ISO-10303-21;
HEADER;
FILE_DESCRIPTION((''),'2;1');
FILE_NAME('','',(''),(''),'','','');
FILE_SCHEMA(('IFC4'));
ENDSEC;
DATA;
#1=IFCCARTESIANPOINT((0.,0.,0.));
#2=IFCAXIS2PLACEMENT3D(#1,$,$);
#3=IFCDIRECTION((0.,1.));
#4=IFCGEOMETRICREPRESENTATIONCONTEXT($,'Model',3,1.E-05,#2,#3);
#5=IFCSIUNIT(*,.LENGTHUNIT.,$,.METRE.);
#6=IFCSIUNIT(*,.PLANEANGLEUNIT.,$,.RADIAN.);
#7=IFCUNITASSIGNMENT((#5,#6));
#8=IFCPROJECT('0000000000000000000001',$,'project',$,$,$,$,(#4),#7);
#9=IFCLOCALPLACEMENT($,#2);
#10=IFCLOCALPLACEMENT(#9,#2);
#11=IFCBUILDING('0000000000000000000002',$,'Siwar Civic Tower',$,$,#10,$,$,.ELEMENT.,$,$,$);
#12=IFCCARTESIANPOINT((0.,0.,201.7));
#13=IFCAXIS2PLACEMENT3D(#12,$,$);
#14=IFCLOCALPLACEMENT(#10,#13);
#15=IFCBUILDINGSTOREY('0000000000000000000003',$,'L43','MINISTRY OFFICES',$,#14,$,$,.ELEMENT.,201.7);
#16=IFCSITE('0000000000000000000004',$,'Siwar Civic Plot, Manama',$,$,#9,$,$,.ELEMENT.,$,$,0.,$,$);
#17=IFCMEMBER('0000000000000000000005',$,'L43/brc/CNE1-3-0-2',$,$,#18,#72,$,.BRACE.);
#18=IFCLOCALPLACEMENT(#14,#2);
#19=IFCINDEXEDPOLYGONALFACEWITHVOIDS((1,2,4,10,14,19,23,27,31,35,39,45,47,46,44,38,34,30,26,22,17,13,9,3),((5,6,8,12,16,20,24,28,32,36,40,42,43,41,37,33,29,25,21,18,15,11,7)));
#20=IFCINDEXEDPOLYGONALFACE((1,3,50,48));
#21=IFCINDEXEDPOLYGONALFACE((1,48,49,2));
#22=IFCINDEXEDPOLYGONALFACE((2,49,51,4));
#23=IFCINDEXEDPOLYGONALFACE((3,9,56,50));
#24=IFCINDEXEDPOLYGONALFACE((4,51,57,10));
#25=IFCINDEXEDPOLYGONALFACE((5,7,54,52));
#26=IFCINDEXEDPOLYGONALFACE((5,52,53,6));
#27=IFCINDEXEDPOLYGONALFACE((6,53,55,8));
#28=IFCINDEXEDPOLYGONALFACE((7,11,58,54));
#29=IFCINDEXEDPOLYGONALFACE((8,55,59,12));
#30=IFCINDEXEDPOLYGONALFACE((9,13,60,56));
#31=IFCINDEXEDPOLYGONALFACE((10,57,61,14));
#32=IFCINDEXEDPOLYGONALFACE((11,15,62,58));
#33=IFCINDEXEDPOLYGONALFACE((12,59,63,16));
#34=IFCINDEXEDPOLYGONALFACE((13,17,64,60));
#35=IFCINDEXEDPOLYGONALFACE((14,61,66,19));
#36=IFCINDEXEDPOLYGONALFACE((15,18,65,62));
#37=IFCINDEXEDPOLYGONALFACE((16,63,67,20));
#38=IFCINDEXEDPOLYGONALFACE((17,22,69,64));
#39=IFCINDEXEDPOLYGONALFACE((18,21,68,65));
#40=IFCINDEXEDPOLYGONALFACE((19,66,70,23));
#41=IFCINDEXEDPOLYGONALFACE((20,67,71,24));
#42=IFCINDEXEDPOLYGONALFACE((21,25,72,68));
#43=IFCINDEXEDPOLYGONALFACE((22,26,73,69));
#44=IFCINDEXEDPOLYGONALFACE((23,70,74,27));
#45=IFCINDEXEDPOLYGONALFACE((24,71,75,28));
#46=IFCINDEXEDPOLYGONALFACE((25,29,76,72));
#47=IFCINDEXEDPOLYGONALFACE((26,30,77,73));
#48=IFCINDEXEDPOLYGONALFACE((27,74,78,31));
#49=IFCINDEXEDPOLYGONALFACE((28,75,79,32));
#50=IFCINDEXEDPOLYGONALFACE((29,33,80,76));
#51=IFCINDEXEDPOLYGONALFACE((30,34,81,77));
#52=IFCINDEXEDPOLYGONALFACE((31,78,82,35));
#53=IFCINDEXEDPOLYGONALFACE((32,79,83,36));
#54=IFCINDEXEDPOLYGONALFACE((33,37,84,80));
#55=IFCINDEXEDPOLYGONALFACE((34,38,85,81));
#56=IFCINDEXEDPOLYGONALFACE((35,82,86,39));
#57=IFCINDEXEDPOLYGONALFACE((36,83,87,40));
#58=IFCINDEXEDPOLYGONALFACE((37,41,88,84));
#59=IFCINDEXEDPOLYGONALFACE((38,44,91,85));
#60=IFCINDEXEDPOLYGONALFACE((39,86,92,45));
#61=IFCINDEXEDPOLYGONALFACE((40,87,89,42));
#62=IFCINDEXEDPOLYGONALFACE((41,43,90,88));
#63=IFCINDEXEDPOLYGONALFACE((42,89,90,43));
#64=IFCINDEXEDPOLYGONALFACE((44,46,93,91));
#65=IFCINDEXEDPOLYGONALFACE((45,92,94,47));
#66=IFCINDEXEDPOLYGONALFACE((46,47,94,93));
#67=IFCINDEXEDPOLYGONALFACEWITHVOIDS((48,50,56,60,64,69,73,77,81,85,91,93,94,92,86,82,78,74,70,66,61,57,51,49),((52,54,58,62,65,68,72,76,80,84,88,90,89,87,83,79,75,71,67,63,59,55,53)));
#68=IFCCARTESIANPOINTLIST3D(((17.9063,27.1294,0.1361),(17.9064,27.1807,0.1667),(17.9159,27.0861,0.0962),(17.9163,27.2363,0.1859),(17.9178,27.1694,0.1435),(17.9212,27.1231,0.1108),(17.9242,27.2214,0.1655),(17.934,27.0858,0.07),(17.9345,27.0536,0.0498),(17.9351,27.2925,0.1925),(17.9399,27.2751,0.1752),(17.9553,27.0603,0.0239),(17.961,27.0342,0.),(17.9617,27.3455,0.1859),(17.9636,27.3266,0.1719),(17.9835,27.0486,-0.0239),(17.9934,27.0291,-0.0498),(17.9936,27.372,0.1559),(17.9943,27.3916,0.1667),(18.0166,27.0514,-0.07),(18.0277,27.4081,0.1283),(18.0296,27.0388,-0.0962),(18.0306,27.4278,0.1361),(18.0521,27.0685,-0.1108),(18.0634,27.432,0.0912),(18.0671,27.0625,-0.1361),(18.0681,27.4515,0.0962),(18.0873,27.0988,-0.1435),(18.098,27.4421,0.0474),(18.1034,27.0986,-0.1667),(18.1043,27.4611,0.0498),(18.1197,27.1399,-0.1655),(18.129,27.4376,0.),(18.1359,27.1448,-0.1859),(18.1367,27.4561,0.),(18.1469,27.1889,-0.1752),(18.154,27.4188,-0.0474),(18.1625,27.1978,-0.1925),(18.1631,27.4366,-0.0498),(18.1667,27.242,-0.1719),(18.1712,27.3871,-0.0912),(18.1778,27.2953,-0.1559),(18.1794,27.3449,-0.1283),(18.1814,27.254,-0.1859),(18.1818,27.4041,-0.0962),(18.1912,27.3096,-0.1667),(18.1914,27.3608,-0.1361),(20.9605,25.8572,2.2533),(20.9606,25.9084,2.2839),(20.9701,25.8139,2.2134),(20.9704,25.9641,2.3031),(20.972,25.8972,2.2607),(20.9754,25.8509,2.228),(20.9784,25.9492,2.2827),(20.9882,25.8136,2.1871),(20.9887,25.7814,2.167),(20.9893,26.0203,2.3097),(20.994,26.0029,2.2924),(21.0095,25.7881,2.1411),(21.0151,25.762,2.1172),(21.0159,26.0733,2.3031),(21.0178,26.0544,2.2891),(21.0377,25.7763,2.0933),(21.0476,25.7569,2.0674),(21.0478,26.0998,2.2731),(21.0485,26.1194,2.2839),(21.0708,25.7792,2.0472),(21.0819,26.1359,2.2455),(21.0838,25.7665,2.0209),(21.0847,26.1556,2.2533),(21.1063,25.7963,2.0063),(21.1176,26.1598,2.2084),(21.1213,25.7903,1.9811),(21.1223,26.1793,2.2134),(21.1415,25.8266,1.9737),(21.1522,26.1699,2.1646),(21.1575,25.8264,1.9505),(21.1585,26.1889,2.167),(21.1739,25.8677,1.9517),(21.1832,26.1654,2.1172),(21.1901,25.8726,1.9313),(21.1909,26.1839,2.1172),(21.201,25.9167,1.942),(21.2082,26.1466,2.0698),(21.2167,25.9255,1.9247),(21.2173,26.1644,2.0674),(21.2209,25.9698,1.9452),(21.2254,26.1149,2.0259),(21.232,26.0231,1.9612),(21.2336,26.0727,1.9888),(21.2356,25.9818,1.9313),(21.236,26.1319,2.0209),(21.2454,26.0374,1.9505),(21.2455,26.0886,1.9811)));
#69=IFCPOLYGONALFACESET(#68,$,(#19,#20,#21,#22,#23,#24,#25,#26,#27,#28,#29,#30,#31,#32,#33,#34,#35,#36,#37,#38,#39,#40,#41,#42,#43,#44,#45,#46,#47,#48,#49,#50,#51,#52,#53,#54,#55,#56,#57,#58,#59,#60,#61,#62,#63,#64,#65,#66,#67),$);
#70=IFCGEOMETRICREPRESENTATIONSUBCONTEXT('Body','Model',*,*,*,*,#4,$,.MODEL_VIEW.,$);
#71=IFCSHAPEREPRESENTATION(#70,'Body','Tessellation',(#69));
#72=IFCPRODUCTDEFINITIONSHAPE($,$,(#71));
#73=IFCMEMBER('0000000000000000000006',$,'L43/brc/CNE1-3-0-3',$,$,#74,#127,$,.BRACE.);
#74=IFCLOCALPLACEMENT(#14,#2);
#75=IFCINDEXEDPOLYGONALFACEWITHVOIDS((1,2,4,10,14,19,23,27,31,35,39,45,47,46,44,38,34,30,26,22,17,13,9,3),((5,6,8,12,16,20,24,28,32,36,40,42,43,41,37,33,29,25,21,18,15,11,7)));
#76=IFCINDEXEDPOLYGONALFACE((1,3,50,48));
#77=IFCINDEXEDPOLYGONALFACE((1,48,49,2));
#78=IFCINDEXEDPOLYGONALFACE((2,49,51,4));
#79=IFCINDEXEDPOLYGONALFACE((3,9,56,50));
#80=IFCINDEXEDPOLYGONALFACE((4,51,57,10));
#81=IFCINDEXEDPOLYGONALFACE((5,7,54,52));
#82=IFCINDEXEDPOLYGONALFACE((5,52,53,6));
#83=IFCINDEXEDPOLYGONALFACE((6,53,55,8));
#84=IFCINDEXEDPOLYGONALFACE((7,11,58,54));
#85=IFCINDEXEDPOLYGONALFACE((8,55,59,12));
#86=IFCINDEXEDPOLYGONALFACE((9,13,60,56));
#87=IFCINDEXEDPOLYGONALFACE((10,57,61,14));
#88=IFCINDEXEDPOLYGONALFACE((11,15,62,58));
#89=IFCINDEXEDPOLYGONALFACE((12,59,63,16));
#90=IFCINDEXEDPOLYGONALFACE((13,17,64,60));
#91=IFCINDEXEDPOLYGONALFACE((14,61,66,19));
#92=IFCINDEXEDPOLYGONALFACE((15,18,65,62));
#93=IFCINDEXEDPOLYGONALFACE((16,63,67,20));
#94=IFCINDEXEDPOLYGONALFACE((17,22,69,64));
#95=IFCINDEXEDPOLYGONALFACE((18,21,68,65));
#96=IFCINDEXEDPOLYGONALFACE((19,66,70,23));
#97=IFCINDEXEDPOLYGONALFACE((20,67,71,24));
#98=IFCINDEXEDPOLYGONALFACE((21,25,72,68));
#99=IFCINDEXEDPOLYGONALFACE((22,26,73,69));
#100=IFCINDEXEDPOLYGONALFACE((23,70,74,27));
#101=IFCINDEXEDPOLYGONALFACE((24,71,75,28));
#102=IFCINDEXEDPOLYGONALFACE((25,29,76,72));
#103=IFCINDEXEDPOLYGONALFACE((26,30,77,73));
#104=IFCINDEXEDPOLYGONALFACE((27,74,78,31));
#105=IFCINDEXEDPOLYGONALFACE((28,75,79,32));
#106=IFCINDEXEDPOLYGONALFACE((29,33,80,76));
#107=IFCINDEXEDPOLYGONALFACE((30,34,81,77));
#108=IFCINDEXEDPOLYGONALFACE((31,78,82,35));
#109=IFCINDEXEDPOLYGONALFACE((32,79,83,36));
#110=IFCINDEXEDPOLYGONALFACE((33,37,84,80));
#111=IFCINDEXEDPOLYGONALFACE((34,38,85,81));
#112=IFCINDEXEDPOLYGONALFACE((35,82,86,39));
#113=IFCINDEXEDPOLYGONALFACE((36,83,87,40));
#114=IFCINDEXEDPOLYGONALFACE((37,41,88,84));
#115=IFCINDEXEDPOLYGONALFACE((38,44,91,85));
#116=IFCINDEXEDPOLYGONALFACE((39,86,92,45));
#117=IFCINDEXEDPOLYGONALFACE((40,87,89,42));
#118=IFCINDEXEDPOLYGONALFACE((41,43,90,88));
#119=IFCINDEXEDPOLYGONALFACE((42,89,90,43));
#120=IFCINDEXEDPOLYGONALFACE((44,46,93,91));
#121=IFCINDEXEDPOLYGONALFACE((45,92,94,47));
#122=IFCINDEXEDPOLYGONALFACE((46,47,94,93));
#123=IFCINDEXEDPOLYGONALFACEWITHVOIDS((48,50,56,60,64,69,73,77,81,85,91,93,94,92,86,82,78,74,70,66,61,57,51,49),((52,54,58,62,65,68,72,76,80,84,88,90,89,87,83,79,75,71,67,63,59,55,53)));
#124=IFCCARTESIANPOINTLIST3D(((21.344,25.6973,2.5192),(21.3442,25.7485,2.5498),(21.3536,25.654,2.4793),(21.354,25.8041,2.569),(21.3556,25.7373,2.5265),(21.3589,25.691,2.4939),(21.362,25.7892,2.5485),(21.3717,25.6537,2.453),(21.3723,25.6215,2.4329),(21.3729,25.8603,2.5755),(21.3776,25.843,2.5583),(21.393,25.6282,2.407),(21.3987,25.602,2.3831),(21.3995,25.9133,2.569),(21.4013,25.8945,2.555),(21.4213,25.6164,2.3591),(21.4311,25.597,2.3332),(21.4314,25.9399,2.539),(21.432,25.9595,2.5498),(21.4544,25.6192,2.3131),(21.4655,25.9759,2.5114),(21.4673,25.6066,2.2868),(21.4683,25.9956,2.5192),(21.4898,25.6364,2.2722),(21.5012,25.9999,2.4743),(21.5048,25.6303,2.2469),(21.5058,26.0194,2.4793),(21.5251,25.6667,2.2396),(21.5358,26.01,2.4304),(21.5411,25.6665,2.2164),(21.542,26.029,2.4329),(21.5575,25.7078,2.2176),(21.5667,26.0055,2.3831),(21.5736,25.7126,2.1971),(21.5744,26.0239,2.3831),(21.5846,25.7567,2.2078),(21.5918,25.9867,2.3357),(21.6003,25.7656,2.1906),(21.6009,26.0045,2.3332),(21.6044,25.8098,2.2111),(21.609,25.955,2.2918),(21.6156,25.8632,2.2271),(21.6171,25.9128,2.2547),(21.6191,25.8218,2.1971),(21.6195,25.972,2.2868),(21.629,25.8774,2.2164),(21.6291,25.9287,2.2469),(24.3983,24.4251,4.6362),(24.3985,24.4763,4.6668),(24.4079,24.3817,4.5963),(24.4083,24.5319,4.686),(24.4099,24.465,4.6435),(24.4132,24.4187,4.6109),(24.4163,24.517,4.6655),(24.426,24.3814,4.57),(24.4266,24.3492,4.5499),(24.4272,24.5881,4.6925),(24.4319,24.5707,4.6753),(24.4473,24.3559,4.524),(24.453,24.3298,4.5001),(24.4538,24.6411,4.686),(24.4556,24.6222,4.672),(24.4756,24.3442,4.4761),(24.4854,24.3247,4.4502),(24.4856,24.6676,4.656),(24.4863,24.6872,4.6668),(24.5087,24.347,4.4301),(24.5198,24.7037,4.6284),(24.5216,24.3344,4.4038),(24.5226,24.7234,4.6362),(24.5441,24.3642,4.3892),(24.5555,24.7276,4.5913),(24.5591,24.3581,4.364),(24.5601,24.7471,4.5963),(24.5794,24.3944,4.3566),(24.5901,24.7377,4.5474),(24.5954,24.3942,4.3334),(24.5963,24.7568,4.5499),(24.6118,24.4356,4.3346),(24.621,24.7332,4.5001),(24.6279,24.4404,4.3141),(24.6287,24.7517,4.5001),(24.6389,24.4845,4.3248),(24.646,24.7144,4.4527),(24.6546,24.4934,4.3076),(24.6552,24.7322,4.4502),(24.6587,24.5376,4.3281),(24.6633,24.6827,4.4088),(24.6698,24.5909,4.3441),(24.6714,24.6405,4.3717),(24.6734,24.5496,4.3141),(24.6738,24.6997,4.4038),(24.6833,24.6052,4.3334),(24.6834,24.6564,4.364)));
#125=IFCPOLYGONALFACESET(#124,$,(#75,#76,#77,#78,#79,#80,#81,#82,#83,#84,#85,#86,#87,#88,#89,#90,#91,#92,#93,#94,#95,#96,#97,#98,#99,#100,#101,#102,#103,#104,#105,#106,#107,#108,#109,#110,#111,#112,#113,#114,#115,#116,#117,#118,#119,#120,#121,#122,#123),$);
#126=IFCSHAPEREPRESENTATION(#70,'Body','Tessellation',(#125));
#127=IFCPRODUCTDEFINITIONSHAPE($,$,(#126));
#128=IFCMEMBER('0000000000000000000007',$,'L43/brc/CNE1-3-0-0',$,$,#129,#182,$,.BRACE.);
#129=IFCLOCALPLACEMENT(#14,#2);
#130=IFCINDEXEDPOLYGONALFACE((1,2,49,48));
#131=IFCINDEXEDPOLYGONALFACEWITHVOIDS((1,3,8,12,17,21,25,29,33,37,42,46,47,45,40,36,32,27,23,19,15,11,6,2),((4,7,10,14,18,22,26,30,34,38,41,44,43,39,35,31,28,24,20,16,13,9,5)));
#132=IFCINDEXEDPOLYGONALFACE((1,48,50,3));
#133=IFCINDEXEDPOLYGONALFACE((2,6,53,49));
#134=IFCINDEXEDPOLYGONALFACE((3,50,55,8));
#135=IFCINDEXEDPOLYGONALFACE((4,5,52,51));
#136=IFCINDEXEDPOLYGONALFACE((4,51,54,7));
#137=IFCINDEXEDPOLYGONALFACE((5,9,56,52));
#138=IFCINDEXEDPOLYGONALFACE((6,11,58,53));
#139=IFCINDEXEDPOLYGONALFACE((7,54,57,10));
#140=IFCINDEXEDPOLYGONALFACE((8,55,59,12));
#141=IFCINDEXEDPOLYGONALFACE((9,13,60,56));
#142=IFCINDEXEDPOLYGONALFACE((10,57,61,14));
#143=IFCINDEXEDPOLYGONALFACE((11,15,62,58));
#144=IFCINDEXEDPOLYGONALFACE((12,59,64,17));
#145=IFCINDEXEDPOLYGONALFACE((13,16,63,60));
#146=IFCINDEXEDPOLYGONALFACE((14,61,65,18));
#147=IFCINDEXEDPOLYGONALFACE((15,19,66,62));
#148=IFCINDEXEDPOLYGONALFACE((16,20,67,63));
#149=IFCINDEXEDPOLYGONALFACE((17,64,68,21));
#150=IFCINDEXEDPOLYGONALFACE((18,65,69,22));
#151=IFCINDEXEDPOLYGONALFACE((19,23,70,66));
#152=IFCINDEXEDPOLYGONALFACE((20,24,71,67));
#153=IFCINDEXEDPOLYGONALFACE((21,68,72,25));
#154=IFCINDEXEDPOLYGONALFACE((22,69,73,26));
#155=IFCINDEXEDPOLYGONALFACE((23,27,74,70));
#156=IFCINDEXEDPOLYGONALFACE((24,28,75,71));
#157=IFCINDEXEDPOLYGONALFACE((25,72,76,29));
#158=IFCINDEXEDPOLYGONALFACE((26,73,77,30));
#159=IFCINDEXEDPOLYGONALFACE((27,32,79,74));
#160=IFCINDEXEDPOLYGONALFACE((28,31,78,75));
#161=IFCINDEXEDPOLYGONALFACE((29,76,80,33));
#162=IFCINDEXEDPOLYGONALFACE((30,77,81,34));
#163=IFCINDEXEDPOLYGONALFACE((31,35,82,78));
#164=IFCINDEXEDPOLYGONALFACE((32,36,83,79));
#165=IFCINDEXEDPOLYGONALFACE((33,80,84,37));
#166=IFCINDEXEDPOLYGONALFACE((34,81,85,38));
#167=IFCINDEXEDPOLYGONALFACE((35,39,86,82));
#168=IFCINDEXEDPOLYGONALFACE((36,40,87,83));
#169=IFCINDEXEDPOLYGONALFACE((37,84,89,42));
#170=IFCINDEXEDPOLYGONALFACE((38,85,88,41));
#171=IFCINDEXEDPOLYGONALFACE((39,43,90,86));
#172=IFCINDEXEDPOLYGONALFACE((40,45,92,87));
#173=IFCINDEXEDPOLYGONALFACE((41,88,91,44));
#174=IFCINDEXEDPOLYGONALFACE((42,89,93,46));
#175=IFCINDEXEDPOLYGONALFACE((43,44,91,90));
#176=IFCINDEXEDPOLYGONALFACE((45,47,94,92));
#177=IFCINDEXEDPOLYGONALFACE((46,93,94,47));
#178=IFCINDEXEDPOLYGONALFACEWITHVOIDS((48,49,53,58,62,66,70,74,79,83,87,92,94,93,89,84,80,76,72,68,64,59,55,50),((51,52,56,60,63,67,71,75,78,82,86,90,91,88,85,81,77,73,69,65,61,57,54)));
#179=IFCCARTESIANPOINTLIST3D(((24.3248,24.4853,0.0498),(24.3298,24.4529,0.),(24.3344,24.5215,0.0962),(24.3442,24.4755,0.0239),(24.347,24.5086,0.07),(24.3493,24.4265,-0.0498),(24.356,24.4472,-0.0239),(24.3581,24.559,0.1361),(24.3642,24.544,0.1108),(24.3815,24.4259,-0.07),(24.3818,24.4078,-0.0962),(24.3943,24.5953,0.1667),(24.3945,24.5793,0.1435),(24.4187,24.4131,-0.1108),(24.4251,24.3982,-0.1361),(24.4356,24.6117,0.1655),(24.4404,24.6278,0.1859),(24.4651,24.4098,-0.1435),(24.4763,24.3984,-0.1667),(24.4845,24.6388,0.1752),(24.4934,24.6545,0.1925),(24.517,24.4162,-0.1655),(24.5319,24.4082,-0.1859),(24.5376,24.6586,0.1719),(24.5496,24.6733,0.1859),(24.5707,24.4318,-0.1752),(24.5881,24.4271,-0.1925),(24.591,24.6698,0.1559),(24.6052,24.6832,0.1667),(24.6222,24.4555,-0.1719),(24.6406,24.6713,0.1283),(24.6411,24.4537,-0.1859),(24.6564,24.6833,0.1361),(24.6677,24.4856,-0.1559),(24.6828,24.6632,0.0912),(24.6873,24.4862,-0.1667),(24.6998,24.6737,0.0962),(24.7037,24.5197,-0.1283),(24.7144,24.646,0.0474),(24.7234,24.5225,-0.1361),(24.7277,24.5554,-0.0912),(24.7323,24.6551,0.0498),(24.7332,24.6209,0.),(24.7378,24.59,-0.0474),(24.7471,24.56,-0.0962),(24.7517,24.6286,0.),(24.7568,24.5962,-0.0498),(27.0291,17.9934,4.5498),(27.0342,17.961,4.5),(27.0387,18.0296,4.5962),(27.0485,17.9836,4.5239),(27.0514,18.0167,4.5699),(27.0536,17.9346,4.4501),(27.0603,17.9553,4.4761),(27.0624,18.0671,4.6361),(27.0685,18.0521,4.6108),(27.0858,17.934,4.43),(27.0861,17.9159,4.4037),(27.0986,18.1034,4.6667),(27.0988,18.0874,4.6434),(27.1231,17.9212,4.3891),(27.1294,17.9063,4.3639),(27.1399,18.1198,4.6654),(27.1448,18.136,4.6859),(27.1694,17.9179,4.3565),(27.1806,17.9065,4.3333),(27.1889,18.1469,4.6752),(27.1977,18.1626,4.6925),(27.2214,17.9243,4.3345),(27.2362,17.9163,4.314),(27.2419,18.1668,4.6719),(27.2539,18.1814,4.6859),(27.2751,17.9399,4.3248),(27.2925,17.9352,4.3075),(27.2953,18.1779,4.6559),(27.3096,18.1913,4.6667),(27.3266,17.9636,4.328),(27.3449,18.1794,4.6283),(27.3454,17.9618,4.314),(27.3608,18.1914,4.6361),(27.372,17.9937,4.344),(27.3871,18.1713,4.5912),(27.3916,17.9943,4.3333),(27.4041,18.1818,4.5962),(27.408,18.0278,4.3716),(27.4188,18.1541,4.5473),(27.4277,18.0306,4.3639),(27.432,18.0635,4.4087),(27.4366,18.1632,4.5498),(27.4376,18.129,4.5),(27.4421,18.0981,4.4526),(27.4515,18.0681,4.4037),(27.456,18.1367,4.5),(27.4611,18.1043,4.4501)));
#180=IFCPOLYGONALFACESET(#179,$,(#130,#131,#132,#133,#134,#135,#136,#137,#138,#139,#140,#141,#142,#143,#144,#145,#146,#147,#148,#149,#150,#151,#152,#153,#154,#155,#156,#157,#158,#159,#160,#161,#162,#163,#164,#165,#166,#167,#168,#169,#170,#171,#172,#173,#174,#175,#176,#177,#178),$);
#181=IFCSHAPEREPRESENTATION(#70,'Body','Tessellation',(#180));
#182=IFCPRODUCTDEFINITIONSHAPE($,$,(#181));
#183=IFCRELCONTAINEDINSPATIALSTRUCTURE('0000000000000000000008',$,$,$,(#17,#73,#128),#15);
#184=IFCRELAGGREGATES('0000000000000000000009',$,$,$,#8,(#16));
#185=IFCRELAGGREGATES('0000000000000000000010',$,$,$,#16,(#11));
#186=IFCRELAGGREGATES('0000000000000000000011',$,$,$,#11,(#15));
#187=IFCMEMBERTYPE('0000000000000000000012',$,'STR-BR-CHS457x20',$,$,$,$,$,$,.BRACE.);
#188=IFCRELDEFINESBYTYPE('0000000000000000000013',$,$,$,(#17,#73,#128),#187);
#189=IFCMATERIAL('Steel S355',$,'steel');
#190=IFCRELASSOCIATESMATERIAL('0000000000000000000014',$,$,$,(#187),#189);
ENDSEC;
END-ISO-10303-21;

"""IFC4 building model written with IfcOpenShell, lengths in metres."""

from ifc_helpers import new_model, si_unit, direction, frame, origin, origin_2d, place, context, subcontext, project, spatial, hollow_circle, extrude, material, material_profile, profile_set, type_object, element, save


model = new_model("IFC4")

# Units and contexts
model_context = context("Model", 3, precision=1e-05, world=origin(), true_north=direction((0.0, 1.0)))
body_context = subcontext(model_context, "Body", "Model", "MODEL_VIEW")
ifc_project = project(units=[si_unit("LENGTHUNIT", "METRE"), si_unit("PLANEANGLEUNIT", "RADIAN")], contexts=[model_context])

# Site, building, storey
site_placement = place(None, origin())
site = spatial("IfcSite", under=ifc_project, at=site_placement, Name="Siwar Civic Plot, Manama", CompositionType="ELEMENT", RefElevation=0.0)
building_placement = place(site_placement, origin())
building = spatial("IfcBuilding", under=site, at=building_placement, Name="Siwar Civic Tower", CompositionType="ELEMENT")
storey_placement = place(building_placement, frame((0.0, 0.0, 201.7)))
storey = spatial("IfcBuildingStorey", under=building, at=storey_placement, Name="L43", Description="MINISTRY OFFICES", CompositionType="ELEMENT", Elevation=201.7)

# Members
ifc_material_1 = material(Name="Steel S355", Category="steel")
ifc_material_profile_1 = material_profile(ifc_material_1, hollow_circle(Radius=0.2285, WallThickness=0.02, at=origin_2d()), Name="CHS457x20")
ifc_profile_set_1 = profile_set([ifc_material_profile_1], Name="Steel S355")
member_type_1 = type_object("IfcMemberType", Name="STR-BR-CHS457x20", PredefinedType="BRACE", material=ifc_profile_set_1)
for number, where, z_axis, x_axis, name in (
    (1, (18.0488, 27.2451, 0.0), (0.777546, -0.323884, 0.538999), (0.384521, 0.923116, 0.0), "L43/brc/CNE1-3-0-2"),
    (2, (21.4866, 25.813, 2.3831), (0.777572, -0.323895, 0.538955), (0.384521, 0.923116, 0.0), "L43/brc/CNE1-3-0-3"),
):
    element("IfcMember", number, at=place(storey_placement, frame(where, z_axis=z_axis, x_axis=x_axis)), inside=storey, type_object=member_type_1, Name=name, PredefinedType="BRACE", context=body_context, shape_type="SweptSolid", body=[
        extrude(hollow_circle(Radius=0.2285, WallThickness=0.02, at=origin_2d()), origin(), (0.0, 0.0, 1.0), 3.928),
    ])
member_1_placement = place(storey_placement, frame((24.5408, 24.5408, 0.0), z_axis=(0.323906, -0.777555, 0.538975), x_axis=(0.923109, 0.384539, 0.0)))
element("IfcMember", 3, at=member_1_placement, inside=storey, type_object=member_type_1, Name="L43/brc/CNE1-3-0-0", PredefinedType="BRACE", context=body_context, shape_type="SweptSolid", body=[
    extrude(hollow_circle(Radius=0.2285, WallThickness=0.02, at=origin_2d()), origin(), (0.0, 0.0, 1.0), 8.3491),
])

save(model, "model.ifc")
